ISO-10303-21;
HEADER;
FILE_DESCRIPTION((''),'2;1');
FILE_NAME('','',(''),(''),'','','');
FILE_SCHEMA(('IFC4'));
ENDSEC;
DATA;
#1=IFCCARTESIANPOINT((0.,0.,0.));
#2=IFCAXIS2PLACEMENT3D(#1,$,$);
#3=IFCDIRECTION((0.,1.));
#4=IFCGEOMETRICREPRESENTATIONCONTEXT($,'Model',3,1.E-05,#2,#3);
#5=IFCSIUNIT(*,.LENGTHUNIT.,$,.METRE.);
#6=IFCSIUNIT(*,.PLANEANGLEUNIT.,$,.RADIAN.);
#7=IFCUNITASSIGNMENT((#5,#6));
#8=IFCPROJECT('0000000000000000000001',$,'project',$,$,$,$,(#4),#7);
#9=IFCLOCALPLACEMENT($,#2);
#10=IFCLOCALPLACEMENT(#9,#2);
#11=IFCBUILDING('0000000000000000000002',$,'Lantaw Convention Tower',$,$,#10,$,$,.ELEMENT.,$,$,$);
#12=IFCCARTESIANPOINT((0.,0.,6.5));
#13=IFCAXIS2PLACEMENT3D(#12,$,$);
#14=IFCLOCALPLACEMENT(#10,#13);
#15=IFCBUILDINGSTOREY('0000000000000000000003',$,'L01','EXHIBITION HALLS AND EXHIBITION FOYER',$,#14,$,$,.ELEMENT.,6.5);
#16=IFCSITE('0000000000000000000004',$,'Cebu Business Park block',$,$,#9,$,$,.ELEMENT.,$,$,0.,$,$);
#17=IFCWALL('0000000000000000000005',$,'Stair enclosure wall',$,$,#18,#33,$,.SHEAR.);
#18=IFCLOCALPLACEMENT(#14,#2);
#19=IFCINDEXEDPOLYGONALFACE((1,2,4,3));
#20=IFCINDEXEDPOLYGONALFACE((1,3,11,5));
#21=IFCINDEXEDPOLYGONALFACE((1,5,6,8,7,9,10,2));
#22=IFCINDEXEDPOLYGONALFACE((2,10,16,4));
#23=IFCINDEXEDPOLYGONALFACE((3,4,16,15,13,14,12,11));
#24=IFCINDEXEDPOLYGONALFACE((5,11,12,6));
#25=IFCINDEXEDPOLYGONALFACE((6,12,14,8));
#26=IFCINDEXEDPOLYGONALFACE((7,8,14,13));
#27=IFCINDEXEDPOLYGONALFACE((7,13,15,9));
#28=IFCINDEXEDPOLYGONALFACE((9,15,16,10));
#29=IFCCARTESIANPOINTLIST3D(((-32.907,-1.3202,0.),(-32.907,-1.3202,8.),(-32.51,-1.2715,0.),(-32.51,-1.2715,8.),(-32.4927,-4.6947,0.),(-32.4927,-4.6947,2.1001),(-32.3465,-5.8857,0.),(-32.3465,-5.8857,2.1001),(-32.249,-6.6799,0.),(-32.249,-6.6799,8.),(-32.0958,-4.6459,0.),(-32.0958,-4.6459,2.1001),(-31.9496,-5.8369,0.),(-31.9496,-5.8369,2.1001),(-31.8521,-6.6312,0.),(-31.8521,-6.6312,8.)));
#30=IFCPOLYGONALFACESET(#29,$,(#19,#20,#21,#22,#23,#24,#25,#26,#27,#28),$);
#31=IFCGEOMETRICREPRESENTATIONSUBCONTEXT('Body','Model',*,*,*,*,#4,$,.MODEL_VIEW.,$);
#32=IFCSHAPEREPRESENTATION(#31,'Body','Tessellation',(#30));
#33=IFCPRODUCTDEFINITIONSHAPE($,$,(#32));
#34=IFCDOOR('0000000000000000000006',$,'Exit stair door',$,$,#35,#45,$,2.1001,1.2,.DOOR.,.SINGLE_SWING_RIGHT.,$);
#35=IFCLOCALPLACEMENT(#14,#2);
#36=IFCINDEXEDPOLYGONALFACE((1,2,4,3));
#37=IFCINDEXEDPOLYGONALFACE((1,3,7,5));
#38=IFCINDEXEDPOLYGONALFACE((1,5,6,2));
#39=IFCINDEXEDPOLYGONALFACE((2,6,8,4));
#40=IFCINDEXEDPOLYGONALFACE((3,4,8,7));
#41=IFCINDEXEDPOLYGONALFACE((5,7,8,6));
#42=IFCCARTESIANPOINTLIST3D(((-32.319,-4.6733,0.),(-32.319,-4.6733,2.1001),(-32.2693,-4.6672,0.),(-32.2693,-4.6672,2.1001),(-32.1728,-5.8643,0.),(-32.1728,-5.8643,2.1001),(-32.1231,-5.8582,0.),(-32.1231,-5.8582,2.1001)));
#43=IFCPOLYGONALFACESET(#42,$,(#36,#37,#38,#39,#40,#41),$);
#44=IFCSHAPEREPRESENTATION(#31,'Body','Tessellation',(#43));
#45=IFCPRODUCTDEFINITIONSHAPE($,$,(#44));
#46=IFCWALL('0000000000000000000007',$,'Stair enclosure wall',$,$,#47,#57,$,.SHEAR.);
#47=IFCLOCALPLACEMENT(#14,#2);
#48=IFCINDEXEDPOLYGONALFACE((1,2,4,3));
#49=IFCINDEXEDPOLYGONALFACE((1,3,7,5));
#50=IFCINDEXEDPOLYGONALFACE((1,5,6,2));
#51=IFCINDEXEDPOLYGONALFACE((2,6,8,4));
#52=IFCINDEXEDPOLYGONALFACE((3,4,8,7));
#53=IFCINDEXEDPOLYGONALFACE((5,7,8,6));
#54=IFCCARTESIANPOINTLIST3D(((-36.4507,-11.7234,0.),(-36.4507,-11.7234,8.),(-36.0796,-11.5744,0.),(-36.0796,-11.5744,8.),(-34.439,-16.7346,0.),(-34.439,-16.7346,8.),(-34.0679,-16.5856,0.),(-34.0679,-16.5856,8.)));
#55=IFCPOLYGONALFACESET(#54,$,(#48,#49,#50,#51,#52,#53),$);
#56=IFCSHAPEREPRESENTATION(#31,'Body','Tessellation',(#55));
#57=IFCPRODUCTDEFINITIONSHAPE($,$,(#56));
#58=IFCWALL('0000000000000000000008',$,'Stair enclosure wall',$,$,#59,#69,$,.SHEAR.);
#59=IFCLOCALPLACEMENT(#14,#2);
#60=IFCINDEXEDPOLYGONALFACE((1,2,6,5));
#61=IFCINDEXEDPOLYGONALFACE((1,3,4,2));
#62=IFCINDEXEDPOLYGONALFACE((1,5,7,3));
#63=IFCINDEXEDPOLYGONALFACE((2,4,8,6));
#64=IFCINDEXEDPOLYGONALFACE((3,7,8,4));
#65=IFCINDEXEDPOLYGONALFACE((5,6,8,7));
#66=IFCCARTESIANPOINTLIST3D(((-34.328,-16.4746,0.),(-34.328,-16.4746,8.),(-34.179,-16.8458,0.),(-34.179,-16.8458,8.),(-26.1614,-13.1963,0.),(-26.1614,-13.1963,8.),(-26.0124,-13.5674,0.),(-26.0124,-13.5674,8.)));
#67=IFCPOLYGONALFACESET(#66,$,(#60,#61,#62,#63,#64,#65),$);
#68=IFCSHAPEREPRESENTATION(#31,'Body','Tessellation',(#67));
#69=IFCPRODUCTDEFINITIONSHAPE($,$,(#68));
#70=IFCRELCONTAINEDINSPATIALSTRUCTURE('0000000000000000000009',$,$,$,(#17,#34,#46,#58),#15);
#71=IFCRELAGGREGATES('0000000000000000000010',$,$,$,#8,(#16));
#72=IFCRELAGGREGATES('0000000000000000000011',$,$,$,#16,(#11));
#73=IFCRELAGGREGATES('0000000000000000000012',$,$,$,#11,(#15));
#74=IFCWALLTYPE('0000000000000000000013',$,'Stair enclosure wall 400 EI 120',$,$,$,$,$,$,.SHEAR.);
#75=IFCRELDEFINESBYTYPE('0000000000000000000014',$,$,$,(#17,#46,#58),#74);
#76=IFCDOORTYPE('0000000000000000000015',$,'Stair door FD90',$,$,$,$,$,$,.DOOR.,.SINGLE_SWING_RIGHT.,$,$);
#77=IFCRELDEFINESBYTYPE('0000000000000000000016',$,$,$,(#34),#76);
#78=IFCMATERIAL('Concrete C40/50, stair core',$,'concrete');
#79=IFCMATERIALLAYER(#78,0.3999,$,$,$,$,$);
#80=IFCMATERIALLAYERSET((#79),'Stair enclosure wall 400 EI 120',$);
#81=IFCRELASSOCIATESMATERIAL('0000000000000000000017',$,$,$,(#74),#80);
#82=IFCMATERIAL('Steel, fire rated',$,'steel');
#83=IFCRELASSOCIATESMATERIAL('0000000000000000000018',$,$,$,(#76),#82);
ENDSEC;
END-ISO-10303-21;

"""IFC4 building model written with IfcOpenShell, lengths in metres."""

from ifc_helpers import new_model, si_unit, direction, frame, frame_2d, origin, place, context, subcontext, project, spatial, rectangle, extrude, material, layer, layer_set, type_object, element, fill, save


model = new_model("IFC4")

# Units and contexts
model_context = context("Model", 3, precision=1e-05, world=origin(), true_north=direction((0.0, 1.0)))
body_context = subcontext(model_context, "Body", "Model", "MODEL_VIEW")
ifc_project = project(units=[si_unit("LENGTHUNIT", "METRE"), si_unit("PLANEANGLEUNIT", "RADIAN")], contexts=[model_context])

# Site, building, storey
site_placement = place(None, origin())
site = spatial("IfcSite", under=ifc_project, at=site_placement, Name="Cebu Business Park block", CompositionType="ELEMENT", RefElevation=0.0)
building_placement = place(site_placement, origin())
building = spatial("IfcBuilding", under=site, at=building_placement, Name="Lantaw Convention Tower", CompositionType="ELEMENT")
storey_placement = place(building_placement, frame((0.0, 0.0, 6.5)))
storey = spatial("IfcBuildingStorey", under=building, at=storey_placement, Name="L01", Description="EXHIBITION HALLS AND EXHIBITION FOYER", CompositionType="ELEMENT", Elevation=6.5)

# Shared definitions
ifc_material_1 = material(Name="Concrete C40/50, stair core", Category="concrete")
ifc_layer_1 = layer(ifc_material_1, 0.3999)
ifc_layer_set_1 = layer_set([ifc_layer_1], Name="Stair enclosure wall 400 EI 120")
wall_type_1 = type_object("IfcWallType", Name="Stair enclosure wall 400 EI 120", PredefinedType="SHEAR", material=ifc_layer_set_1)

# Wall, opening, door
wall_1_placement = place(storey_placement, frame((-32.0505, -6.6555, 0.0), z_axis=(0.0, 0.0, 1.0), x_axis=(-0.121848, 0.992549, 0.0)))
wall_1 = element("IfcWall", 1, at=wall_1_placement, inside=storey, type_object=wall_type_1, Name="Stair enclosure wall", PredefinedType="SHEAR", context=body_context, shape_type="SweptSolid", body=[
    extrude(rectangle(XDim=5.3999, YDim=0.3999, at=frame_2d((2.7, 0.0))), origin(), (0.0, 0.0, 1.0), 8.0),
])
opening_placement = place(wall_1_placement, frame((0.8, 0.0, 0.0)))
opening = element("IfcOpeningElement", 2, at=opening_placement, cuts=wall_1, PredefinedType="OPENING", context=body_context, shape_type="SweptSolid", body=[
    extrude(rectangle(XDim=1.2, YDim=2.1001, at=frame_2d((0.6001, 1.05))), frame((0.0, 0.21, 0.0), z_axis=(0.0, -1.0, 0.0), x_axis=(1.0, 0.0, 0.0)), (0.0, 0.0, 1.0), 0.4199),
])
ifc_material_2 = material(Name="Steel, fire rated", Category="steel")
door_type = type_object("IfcDoorType", Name="Stair door FD90", OperationType="SINGLE_SWING_RIGHT", PredefinedType="DOOR", material=ifc_material_2)
door_placement = place(opening_placement, origin())
door = element("IfcDoor", 3, at=door_placement, inside=storey, type_object=door_type, Name="Exit stair door", OperationType="SINGLE_SWING_RIGHT", OverallHeight=2.1001, OverallWidth=1.2, PredefinedType="DOOR", context=body_context, shape_type="SweptSolid", body=[
    extrude(rectangle(XDim=1.2, YDim=2.1001, at=frame_2d((0.6001, 1.05))), frame((0.0, 0.0249, 0.0), z_axis=(0.0, -1.0, 0.0), x_axis=(1.0, 0.0, 0.0)), (0.0, 0.0, 1.0), 0.05),
])
fill(opening, door)

# Walls
wall_2_placement = place(storey_placement, frame((-36.2651, -11.6489, 0.0), z_axis=(0.0, 0.0, 1.0), x_axis=(0.372544, -0.928015, 0.0)))
element("IfcWall", 4, at=wall_2_placement, inside=storey, type_object=wall_type_1, Name="Stair enclosure wall", PredefinedType="SHEAR", context=body_context, shape_type="SweptSolid", body=[
    extrude(rectangle(XDim=5.3999, YDim=0.3999, at=frame_2d((2.7, 0.0))), origin(), (0.0, 0.0, 1.0), 8.0),
])
wall_3_placement = place(storey_placement, frame((-34.2534, -16.6602, 0.0), z_axis=(0.0, 0.0, 1.0), x_axis=(0.928017, 0.372538, 0.0)))
element("IfcWall", 5, at=wall_3_placement, inside=storey, type_object=wall_type_1, Name="Stair enclosure wall", PredefinedType="SHEAR", context=body_context, shape_type="SweptSolid", body=[
    extrude(rectangle(XDim=8.8, YDim=0.3999, at=frame_2d((4.3999, 0.0))), origin(), (0.0, 0.0, 1.0), 8.0),
])

save(model, "model.ifc")
